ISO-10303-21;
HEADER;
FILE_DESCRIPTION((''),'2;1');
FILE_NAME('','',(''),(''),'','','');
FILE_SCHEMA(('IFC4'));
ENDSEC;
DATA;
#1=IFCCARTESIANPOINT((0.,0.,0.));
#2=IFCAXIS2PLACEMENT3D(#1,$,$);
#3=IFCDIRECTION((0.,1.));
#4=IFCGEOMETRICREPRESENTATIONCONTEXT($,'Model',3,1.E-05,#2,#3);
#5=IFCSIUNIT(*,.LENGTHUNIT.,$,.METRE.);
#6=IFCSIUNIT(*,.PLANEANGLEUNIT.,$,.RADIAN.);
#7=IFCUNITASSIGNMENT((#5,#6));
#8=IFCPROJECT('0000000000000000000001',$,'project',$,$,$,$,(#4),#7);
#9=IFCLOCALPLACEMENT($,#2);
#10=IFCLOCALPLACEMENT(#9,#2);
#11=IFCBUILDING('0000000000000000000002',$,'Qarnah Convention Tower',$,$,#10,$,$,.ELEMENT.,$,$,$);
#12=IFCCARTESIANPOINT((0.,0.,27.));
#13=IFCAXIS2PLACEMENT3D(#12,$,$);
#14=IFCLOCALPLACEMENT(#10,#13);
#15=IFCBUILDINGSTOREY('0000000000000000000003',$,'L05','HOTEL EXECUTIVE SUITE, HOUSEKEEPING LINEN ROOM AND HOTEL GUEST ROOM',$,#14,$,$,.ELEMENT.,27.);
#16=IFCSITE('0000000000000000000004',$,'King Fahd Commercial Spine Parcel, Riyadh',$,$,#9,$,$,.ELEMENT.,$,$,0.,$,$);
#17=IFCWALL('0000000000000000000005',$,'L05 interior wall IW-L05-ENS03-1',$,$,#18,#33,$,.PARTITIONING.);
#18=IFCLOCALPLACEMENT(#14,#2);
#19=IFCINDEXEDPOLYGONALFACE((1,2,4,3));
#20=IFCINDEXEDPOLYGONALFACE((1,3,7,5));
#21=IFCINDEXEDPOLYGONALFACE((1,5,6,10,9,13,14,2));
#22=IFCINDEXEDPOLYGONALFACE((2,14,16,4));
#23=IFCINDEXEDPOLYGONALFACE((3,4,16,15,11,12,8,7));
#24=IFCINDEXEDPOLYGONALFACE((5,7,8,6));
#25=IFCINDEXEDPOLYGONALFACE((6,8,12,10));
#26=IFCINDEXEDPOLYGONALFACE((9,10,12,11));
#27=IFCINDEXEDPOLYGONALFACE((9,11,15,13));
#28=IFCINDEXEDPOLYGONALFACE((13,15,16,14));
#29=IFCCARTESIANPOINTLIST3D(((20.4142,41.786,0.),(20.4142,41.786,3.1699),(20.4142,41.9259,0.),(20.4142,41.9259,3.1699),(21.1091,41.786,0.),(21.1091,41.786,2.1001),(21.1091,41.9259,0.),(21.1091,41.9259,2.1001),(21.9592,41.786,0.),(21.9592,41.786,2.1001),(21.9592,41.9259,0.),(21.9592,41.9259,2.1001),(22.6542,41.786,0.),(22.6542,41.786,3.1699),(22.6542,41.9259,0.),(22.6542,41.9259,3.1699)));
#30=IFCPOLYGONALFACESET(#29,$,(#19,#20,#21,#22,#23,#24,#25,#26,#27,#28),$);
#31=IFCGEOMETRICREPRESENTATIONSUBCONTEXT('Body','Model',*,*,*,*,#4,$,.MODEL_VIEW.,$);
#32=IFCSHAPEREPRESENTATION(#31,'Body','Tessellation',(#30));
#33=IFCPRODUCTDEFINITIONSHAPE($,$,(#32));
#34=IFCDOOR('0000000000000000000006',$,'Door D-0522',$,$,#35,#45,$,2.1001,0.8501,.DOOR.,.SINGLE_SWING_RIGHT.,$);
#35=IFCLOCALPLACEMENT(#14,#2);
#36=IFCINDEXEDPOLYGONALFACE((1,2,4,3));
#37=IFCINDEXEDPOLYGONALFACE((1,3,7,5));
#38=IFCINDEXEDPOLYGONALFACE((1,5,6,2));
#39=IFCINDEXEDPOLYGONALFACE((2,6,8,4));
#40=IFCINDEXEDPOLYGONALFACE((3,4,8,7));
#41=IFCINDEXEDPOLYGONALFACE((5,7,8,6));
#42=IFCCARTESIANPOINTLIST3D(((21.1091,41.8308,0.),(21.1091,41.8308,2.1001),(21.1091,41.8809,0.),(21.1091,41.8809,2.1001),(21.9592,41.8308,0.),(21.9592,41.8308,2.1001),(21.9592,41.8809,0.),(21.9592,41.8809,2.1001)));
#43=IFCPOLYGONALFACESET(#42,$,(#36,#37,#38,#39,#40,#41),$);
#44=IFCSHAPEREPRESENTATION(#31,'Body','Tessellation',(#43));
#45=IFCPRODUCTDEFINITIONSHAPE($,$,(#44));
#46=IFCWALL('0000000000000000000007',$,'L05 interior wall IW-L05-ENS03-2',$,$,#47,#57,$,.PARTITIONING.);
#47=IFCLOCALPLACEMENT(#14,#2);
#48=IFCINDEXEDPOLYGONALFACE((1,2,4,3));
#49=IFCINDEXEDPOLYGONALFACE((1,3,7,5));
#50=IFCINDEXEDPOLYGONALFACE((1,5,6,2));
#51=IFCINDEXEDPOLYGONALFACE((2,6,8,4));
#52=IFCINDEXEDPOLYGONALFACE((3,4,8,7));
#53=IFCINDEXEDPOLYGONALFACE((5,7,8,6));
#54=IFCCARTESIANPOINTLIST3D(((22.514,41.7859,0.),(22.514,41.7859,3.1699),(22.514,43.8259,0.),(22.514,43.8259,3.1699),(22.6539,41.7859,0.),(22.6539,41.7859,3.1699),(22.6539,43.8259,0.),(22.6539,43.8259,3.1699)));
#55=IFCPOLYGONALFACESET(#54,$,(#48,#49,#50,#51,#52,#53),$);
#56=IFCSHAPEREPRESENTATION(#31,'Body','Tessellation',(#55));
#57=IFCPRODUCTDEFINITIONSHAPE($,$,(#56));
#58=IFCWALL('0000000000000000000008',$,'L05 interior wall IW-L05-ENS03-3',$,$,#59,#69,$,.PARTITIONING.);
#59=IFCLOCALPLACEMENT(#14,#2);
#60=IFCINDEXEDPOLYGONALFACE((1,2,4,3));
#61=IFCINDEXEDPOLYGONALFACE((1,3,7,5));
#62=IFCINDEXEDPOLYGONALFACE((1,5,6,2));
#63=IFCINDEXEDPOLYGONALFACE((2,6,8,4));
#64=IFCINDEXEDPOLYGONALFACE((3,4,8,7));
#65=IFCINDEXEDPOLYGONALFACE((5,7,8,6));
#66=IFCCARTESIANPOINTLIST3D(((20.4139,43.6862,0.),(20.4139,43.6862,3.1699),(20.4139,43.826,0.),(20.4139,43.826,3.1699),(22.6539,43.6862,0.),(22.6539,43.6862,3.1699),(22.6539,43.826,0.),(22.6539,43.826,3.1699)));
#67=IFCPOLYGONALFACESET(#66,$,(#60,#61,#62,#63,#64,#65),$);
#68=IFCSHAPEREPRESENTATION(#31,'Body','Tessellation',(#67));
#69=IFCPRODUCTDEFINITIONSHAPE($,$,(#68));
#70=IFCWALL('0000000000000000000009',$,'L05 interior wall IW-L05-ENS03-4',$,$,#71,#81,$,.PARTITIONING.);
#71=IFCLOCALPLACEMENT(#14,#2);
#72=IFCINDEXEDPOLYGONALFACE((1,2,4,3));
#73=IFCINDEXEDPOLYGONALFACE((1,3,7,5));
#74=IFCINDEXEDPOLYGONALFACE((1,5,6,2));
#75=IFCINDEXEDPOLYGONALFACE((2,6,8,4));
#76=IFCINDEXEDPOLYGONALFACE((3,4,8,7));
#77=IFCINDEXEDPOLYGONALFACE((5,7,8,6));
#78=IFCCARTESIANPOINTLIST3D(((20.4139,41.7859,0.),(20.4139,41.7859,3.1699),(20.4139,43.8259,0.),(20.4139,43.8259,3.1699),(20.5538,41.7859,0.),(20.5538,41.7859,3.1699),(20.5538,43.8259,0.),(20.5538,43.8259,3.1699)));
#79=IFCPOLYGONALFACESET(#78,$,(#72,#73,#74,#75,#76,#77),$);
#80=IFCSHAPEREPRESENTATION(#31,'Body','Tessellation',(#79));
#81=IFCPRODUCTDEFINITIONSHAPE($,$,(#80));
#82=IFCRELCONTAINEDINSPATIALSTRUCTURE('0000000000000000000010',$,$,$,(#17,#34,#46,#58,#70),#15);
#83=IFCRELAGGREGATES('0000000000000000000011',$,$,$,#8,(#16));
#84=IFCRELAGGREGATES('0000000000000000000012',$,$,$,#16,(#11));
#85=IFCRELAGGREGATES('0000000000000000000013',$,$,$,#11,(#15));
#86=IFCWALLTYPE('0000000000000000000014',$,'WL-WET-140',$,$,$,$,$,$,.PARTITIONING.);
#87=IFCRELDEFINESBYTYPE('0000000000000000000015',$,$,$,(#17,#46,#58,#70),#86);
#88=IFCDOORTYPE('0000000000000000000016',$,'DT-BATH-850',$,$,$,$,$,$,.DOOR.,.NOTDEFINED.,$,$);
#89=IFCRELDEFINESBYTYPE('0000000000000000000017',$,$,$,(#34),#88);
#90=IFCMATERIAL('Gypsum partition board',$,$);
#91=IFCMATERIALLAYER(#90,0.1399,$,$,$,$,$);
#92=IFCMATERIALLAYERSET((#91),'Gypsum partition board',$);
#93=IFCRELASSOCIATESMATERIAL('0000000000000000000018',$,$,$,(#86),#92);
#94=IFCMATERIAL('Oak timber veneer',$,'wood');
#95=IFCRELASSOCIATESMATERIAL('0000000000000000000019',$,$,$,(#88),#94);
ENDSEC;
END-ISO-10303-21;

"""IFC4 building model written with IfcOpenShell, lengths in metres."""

from ifc_helpers import new_model, si_unit, direction, frame, frame_2d, origin, place, context, subcontext, project, spatial, rectangle, extrude, material, layer, layer_set, type_object, element, fill, save


model = new_model("IFC4")

# Units and contexts
model_context = context("Model", 3, precision=1e-05, world=origin(), true_north=direction((0.0, 1.0)))
body_context = subcontext(model_context, "Body", "Model", "MODEL_VIEW")
ifc_project = project(units=[si_unit("LENGTHUNIT", "METRE"), si_unit("PLANEANGLEUNIT", "RADIAN")], contexts=[model_context])

# Site, building, storey
site_placement = place(None, origin())
site = spatial("IfcSite", under=ifc_project, at=site_placement, Name="King Fahd Commercial Spine Parcel, Riyadh", CompositionType="ELEMENT", RefElevation=0.0)
building_placement = place(site_placement, origin())
building = spatial("IfcBuilding", under=site, at=building_placement, Name="Qarnah Convention Tower", CompositionType="ELEMENT")
storey_placement = place(building_placement, frame((0.0, 0.0, 27.0)))
storey = spatial("IfcBuildingStorey", under=building, at=storey_placement, Name="L05", Description="HOTEL EXECUTIVE SUITE, HOUSEKEEPING LINEN ROOM AND HOTEL GUEST ROOM", CompositionType="ELEMENT", Elevation=27.0)

# Shared definitions
ifc_material_1 = material(Name="Gypsum partition board")

# Wall, opening, door
ifc_layer_1 = layer(ifc_material_1, 0.1399)
ifc_layer_set_1 = layer_set([ifc_layer_1], Name="Gypsum partition board")
wall_type_1 = type_object("IfcWallType", Name="WL-WET-140", PredefinedType="PARTITIONING", material=ifc_layer_set_1)
wall_1_placement = place(storey_placement, frame((20.4141, 41.856, 0.0), z_axis=(0.0, 0.0, 1.0), x_axis=(1.0, 0.0, 0.0)))
wall_1 = element("IfcWall", 1, at=wall_1_placement, inside=storey, type_object=wall_type_1, Name="L05 interior wall IW-L05-ENS03-1", PredefinedType="PARTITIONING", context=body_context, shape_type="SweptSolid", body=[
    extrude(rectangle(XDim=2.24, YDim=0.1399, at=frame_2d((1.1201, 0.0))), origin(), (0.0, 0.0, 1.0), 3.1699),
])
opening_1_placement = place(wall_1_placement, frame((0.6951, 0.0, 0.0)))
opening_1 = element("IfcOpeningElement", 2, at=opening_1_placement, cuts=wall_1, PredefinedType="OPENING", context=body_context, shape_type="SweptSolid", body=[
    extrude(rectangle(XDim=0.8501, YDim=2.1001, at=frame_2d((0.425, 1.05))), frame((0.0, 0.0798, 0.0), z_axis=(0.0, -1.0, 0.0), x_axis=(1.0, 0.0, 0.0)), (0.0, 0.0, 1.0), 0.1599),
])
ifc_material_2 = material(Name="Oak timber veneer", Category="wood")
door_type_1 = type_object("IfcDoorType", Name="DT-BATH-850", OperationType="NOTDEFINED", PredefinedType="DOOR", material=ifc_material_2)
door_1_placement = place(opening_1_placement, origin())
door_1 = element("IfcDoor", 3, at=door_1_placement, inside=storey, type_object=door_type_1, Name="Door D-0522", OperationType="SINGLE_SWING_RIGHT", OverallHeight=2.1001, OverallWidth=0.8501, PredefinedType="DOOR", context=body_context, shape_type="SweptSolid", body=[
    extrude(rectangle(XDim=0.8501, YDim=2.1001, at=frame_2d((0.425, 1.05))), frame((0.0, 0.0249, 0.0), z_axis=(0.0, -1.0, 0.0), x_axis=(1.0, 0.0, 0.0)), (0.0, 0.0, 1.0), 0.05),
])
fill(opening_1, door_1)

# Walls
wall_2_placement = place(storey_placement, frame((22.584, 41.7859, 0.0), z_axis=(0.0, 0.0, 1.0), x_axis=(0.0, 1.0, 0.0)))
element("IfcWall", 4, at=wall_2_placement, inside=storey, type_object=wall_type_1, Name="L05 interior wall IW-L05-ENS03-2", PredefinedType="PARTITIONING", context=body_context, shape_type="SweptSolid", body=[
    extrude(rectangle(XDim=2.04, YDim=0.1399, at=frame_2d((1.02, 0.0))), origin(), (0.0, 0.0, 1.0), 3.1699),
])
wall_3_placement = place(storey_placement, frame((22.6541, 43.7561, 0.0), z_axis=(0.0, 0.0, 1.0), x_axis=(-1.0, 0.0, 0.0)))
element("IfcWall", 5, at=wall_3_placement, inside=storey, type_object=wall_type_1, Name="L05 interior wall IW-L05-ENS03-3", PredefinedType="PARTITIONING", context=body_context, shape_type="SweptSolid", body=[
    extrude(rectangle(XDim=2.24, YDim=0.1399, at=frame_2d((1.1201, 0.0))), origin(), (0.0, 0.0, 1.0), 3.1699),
])
wall_4_placement = place(storey_placement, frame((20.4839, 43.8259, 0.0), z_axis=(0.0, 0.0, 1.0), x_axis=(0.0, -1.0, 0.0)))
element("IfcWall", 6, at=wall_4_placement, inside=storey, type_object=wall_type_1, Name="L05 interior wall IW-L05-ENS03-4", PredefinedType="PARTITIONING", context=body_context, shape_type="SweptSolid", body=[
    extrude(rectangle(XDim=2.04, YDim=0.1399, at=frame_2d((1.02, 0.0))), origin(), (0.0, 0.0, 1.0), 3.1699),
])

save(model, "model.ifc")
